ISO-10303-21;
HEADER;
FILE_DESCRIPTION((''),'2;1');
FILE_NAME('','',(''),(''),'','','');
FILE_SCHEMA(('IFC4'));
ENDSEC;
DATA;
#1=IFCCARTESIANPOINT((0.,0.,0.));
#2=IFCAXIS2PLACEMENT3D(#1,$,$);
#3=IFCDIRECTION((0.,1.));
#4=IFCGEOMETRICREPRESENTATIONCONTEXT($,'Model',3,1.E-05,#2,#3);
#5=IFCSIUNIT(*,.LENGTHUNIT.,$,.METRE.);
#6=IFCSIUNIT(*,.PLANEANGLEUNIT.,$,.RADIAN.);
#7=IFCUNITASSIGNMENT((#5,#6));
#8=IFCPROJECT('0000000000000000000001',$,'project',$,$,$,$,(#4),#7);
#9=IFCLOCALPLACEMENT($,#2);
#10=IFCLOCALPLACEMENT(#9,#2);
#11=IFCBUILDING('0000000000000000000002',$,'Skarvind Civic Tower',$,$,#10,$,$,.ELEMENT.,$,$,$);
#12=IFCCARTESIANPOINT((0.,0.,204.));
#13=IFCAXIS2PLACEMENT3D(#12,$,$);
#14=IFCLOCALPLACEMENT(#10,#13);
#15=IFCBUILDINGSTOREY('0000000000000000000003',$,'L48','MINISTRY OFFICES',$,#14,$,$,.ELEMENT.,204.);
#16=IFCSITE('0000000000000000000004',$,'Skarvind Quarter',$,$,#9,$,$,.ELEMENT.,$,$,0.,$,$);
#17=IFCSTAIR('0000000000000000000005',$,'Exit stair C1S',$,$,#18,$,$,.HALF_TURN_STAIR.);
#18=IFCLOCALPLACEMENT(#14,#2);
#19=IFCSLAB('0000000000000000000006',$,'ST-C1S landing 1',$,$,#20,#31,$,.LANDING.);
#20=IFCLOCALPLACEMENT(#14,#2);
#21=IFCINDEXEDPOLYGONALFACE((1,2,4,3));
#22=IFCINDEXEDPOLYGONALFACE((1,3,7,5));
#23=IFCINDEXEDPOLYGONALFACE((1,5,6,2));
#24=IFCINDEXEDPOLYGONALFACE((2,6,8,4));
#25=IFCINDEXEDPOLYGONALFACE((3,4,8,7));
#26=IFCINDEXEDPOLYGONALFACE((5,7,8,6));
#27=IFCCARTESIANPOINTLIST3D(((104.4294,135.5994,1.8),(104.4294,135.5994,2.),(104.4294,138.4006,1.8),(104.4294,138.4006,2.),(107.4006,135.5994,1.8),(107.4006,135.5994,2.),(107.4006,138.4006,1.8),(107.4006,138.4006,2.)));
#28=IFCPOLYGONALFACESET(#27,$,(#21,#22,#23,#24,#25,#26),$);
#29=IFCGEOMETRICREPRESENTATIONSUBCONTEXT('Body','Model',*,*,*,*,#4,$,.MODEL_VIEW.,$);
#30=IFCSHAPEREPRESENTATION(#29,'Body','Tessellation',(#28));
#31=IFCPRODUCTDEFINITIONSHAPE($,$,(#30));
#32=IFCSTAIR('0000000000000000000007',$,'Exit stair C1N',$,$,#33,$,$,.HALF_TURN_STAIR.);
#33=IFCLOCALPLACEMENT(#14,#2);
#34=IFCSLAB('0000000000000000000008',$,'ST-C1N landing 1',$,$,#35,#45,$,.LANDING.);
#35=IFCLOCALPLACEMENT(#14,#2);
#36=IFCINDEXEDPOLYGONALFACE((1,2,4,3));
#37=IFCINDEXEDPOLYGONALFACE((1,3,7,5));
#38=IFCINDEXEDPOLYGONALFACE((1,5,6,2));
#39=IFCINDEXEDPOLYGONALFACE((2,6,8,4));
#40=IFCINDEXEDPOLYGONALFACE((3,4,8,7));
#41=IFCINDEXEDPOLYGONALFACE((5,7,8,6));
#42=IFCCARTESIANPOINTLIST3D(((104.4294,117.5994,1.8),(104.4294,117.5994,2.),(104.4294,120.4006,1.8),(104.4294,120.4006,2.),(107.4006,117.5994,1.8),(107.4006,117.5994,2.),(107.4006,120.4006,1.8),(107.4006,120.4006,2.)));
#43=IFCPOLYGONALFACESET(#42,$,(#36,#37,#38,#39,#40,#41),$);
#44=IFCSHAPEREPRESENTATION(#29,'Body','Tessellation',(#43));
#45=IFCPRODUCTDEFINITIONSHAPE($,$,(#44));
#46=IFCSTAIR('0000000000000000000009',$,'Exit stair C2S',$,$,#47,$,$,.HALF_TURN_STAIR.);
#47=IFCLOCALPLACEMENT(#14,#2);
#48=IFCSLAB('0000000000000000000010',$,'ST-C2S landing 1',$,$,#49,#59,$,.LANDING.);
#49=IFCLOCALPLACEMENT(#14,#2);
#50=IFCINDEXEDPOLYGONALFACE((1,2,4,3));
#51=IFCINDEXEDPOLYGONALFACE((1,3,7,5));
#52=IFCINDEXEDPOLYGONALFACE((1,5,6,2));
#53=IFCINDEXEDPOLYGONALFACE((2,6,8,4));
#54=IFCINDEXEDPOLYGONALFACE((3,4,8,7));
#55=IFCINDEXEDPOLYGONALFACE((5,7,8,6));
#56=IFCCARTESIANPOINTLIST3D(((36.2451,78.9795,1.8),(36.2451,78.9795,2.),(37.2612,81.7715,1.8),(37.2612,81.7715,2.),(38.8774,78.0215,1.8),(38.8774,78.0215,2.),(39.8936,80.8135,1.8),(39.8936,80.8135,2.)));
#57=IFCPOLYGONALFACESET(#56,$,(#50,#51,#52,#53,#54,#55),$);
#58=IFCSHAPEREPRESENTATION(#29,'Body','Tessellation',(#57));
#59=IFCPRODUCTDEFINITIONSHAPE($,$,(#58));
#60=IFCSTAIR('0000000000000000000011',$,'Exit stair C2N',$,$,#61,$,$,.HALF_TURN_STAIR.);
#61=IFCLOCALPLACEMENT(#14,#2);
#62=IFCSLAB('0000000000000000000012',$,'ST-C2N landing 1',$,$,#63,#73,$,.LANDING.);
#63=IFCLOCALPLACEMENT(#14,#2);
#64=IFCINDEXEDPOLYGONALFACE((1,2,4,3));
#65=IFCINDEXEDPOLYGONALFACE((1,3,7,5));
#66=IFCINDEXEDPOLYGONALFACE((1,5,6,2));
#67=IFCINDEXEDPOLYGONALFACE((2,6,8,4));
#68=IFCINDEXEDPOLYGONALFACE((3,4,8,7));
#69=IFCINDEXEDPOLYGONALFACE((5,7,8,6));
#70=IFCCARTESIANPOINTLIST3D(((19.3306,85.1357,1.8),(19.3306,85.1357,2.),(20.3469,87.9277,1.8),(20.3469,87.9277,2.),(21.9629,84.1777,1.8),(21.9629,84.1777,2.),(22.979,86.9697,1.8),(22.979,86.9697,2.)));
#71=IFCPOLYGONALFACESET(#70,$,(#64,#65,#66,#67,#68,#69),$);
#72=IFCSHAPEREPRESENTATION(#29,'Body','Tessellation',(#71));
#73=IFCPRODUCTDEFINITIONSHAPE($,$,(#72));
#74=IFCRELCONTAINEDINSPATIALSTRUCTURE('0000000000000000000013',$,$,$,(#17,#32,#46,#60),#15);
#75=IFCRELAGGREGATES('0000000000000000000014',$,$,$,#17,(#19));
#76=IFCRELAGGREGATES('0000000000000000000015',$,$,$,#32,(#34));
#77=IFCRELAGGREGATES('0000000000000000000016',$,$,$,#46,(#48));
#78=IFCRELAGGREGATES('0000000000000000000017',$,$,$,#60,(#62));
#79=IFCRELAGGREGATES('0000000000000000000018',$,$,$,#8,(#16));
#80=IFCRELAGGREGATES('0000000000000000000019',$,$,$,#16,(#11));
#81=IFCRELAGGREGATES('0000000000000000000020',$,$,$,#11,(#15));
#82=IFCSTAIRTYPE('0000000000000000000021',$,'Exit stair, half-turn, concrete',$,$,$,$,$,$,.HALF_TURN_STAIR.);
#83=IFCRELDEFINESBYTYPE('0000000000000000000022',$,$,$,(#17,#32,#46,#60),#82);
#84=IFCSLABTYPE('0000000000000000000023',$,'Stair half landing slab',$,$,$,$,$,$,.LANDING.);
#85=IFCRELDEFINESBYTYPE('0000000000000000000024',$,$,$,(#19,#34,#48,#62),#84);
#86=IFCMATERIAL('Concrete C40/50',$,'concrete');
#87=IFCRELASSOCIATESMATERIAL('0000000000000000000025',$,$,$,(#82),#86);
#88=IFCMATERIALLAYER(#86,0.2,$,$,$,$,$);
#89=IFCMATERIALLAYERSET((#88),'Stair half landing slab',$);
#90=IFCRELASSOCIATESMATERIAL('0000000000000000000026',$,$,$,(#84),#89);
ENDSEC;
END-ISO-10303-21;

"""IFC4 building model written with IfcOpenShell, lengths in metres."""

from ifc_helpers import new_model, si_unit, direction, frame, origin, place, context, subcontext, project, spatial, polyline, outline, extrude, material, layer, layer_set, type_object, element, aggregate, save


model = new_model("IFC4")

# Units and contexts
model_context = context("Model", 3, precision=1e-05, world=origin(), true_north=direction((0.0, 1.0)))
body_context = subcontext(model_context, "Body", "Model", "MODEL_VIEW")
ifc_project = project(units=[si_unit("LENGTHUNIT", "METRE"), si_unit("PLANEANGLEUNIT", "RADIAN")], contexts=[model_context])

# Site, building, storey
site_placement = place(None, origin())
site = spatial("IfcSite", under=ifc_project, at=site_placement, Name="Skarvind Quarter", CompositionType="ELEMENT", RefElevation=0.0)
building_placement = place(site_placement, origin())
building = spatial("IfcBuilding", under=site, at=building_placement, Name="Skarvind Civic Tower", CompositionType="ELEMENT")
storey_placement = place(building_placement, frame((0.0, 0.0, 204.0)))
storey = spatial("IfcBuildingStorey", under=building, at=storey_placement, Name="L48", Description="MINISTRY OFFICES", CompositionType="ELEMENT", Elevation=204.0)

# Shared definitions
ifc_material_1 = material(Name="Concrete C40/50", Category="concrete")

# Stairs, slabs
stair_type = type_object("IfcStairType", Name="Exit stair, half-turn, concrete", PredefinedType="HALF_TURN_STAIR", material=ifc_material_1)
stair_1_placement = place(storey_placement, origin())
stair_1 = element("IfcStair", 1, at=stair_1_placement, inside=storey, type_object=stair_type, Name="Exit stair C1S", PredefinedType="HALF_TURN_STAIR")
ifc_layer_1 = layer(ifc_material_1, 0.2)
ifc_layer_set_1 = layer_set([ifc_layer_1], Name="Stair half landing slab")
slab_type_1 = type_object("IfcSlabType", Name="Stair half landing slab", PredefinedType="LANDING", material=ifc_layer_set_1)
slab_1_placement = place(storey_placement, frame((0.0, 0.0, 1.8)))
slab_1 = element("IfcSlab", 2, at=slab_1_placement, type_object=slab_type_1, Name="ST-C1S landing 1", PredefinedType="LANDING", context=body_context, shape_type="SweptSolid", body=[
    extrude(outline(polyline([(104.4294, 135.5994), (104.4294, 138.4006), (107.4006, 138.4006), (107.4006, 135.5994), (104.4294, 135.5994)])), origin(), (0.0, 0.0, 1.0), 0.2),
])
aggregate(stair_1, [slab_1])
stair_2_placement = place(storey_placement, origin())
stair_2 = element("IfcStair", 3, at=stair_2_placement, inside=storey, type_object=stair_type, Name="Exit stair C1N", PredefinedType="HALF_TURN_STAIR")
slab_2_placement = place(storey_placement, frame((0.0, 0.0, 1.8)))
slab_2 = element("IfcSlab", 4, at=slab_2_placement, type_object=slab_type_1, Name="ST-C1N landing 1", PredefinedType="LANDING", context=body_context, shape_type="SweptSolid", body=[
    extrude(outline(polyline([(104.4294, 117.5994), (104.4294, 120.4006), (107.4006, 120.4006), (107.4006, 117.5994), (104.4294, 117.5994)])), origin(), (0.0, 0.0, 1.0), 0.2),
])
aggregate(stair_2, [slab_2])
stair_3_placement = place(storey_placement, origin())
stair_3 = element("IfcStair", 5, at=stair_3_placement, inside=storey, type_object=stair_type, Name="Exit stair C2S", PredefinedType="HALF_TURN_STAIR")
slab_3_placement = place(storey_placement, frame((0.0, 0.0, 1.8)))
slab_3 = element("IfcSlab", 6, at=slab_3_placement, type_object=slab_type_1, Name="ST-C2S landing 1", PredefinedType="LANDING", context=body_context, shape_type="SweptSolid", body=[
    extrude(outline(polyline([(37.2612, 81.7715), (39.8936, 80.8135), (38.8774, 78.0215), (36.2451, 78.9795), (37.2612, 81.7715)])), origin(), (0.0, 0.0, 1.0), 0.2),
])
aggregate(stair_3, [slab_3])
stair_4_placement = place(storey_placement, origin())
stair_4 = element("IfcStair", 7, at=stair_4_placement, inside=storey, type_object=stair_type, Name="Exit stair C2N", PredefinedType="HALF_TURN_STAIR")
slab_4_placement = place(storey_placement, frame((0.0, 0.0, 1.8)))
slab_4 = element("IfcSlab", 8, at=slab_4_placement, type_object=slab_type_1, Name="ST-C2N landing 1", PredefinedType="LANDING", context=body_context, shape_type="SweptSolid", body=[
    extrude(outline(polyline([(20.3469, 87.9277), (22.979, 86.9697), (21.9629, 84.1777), (19.3306, 85.1357), (20.3469, 87.9277)])), origin(), (0.0, 0.0, 1.0), 0.2),
])
aggregate(stair_4, [slab_4])

save(model, "model.ifc")
